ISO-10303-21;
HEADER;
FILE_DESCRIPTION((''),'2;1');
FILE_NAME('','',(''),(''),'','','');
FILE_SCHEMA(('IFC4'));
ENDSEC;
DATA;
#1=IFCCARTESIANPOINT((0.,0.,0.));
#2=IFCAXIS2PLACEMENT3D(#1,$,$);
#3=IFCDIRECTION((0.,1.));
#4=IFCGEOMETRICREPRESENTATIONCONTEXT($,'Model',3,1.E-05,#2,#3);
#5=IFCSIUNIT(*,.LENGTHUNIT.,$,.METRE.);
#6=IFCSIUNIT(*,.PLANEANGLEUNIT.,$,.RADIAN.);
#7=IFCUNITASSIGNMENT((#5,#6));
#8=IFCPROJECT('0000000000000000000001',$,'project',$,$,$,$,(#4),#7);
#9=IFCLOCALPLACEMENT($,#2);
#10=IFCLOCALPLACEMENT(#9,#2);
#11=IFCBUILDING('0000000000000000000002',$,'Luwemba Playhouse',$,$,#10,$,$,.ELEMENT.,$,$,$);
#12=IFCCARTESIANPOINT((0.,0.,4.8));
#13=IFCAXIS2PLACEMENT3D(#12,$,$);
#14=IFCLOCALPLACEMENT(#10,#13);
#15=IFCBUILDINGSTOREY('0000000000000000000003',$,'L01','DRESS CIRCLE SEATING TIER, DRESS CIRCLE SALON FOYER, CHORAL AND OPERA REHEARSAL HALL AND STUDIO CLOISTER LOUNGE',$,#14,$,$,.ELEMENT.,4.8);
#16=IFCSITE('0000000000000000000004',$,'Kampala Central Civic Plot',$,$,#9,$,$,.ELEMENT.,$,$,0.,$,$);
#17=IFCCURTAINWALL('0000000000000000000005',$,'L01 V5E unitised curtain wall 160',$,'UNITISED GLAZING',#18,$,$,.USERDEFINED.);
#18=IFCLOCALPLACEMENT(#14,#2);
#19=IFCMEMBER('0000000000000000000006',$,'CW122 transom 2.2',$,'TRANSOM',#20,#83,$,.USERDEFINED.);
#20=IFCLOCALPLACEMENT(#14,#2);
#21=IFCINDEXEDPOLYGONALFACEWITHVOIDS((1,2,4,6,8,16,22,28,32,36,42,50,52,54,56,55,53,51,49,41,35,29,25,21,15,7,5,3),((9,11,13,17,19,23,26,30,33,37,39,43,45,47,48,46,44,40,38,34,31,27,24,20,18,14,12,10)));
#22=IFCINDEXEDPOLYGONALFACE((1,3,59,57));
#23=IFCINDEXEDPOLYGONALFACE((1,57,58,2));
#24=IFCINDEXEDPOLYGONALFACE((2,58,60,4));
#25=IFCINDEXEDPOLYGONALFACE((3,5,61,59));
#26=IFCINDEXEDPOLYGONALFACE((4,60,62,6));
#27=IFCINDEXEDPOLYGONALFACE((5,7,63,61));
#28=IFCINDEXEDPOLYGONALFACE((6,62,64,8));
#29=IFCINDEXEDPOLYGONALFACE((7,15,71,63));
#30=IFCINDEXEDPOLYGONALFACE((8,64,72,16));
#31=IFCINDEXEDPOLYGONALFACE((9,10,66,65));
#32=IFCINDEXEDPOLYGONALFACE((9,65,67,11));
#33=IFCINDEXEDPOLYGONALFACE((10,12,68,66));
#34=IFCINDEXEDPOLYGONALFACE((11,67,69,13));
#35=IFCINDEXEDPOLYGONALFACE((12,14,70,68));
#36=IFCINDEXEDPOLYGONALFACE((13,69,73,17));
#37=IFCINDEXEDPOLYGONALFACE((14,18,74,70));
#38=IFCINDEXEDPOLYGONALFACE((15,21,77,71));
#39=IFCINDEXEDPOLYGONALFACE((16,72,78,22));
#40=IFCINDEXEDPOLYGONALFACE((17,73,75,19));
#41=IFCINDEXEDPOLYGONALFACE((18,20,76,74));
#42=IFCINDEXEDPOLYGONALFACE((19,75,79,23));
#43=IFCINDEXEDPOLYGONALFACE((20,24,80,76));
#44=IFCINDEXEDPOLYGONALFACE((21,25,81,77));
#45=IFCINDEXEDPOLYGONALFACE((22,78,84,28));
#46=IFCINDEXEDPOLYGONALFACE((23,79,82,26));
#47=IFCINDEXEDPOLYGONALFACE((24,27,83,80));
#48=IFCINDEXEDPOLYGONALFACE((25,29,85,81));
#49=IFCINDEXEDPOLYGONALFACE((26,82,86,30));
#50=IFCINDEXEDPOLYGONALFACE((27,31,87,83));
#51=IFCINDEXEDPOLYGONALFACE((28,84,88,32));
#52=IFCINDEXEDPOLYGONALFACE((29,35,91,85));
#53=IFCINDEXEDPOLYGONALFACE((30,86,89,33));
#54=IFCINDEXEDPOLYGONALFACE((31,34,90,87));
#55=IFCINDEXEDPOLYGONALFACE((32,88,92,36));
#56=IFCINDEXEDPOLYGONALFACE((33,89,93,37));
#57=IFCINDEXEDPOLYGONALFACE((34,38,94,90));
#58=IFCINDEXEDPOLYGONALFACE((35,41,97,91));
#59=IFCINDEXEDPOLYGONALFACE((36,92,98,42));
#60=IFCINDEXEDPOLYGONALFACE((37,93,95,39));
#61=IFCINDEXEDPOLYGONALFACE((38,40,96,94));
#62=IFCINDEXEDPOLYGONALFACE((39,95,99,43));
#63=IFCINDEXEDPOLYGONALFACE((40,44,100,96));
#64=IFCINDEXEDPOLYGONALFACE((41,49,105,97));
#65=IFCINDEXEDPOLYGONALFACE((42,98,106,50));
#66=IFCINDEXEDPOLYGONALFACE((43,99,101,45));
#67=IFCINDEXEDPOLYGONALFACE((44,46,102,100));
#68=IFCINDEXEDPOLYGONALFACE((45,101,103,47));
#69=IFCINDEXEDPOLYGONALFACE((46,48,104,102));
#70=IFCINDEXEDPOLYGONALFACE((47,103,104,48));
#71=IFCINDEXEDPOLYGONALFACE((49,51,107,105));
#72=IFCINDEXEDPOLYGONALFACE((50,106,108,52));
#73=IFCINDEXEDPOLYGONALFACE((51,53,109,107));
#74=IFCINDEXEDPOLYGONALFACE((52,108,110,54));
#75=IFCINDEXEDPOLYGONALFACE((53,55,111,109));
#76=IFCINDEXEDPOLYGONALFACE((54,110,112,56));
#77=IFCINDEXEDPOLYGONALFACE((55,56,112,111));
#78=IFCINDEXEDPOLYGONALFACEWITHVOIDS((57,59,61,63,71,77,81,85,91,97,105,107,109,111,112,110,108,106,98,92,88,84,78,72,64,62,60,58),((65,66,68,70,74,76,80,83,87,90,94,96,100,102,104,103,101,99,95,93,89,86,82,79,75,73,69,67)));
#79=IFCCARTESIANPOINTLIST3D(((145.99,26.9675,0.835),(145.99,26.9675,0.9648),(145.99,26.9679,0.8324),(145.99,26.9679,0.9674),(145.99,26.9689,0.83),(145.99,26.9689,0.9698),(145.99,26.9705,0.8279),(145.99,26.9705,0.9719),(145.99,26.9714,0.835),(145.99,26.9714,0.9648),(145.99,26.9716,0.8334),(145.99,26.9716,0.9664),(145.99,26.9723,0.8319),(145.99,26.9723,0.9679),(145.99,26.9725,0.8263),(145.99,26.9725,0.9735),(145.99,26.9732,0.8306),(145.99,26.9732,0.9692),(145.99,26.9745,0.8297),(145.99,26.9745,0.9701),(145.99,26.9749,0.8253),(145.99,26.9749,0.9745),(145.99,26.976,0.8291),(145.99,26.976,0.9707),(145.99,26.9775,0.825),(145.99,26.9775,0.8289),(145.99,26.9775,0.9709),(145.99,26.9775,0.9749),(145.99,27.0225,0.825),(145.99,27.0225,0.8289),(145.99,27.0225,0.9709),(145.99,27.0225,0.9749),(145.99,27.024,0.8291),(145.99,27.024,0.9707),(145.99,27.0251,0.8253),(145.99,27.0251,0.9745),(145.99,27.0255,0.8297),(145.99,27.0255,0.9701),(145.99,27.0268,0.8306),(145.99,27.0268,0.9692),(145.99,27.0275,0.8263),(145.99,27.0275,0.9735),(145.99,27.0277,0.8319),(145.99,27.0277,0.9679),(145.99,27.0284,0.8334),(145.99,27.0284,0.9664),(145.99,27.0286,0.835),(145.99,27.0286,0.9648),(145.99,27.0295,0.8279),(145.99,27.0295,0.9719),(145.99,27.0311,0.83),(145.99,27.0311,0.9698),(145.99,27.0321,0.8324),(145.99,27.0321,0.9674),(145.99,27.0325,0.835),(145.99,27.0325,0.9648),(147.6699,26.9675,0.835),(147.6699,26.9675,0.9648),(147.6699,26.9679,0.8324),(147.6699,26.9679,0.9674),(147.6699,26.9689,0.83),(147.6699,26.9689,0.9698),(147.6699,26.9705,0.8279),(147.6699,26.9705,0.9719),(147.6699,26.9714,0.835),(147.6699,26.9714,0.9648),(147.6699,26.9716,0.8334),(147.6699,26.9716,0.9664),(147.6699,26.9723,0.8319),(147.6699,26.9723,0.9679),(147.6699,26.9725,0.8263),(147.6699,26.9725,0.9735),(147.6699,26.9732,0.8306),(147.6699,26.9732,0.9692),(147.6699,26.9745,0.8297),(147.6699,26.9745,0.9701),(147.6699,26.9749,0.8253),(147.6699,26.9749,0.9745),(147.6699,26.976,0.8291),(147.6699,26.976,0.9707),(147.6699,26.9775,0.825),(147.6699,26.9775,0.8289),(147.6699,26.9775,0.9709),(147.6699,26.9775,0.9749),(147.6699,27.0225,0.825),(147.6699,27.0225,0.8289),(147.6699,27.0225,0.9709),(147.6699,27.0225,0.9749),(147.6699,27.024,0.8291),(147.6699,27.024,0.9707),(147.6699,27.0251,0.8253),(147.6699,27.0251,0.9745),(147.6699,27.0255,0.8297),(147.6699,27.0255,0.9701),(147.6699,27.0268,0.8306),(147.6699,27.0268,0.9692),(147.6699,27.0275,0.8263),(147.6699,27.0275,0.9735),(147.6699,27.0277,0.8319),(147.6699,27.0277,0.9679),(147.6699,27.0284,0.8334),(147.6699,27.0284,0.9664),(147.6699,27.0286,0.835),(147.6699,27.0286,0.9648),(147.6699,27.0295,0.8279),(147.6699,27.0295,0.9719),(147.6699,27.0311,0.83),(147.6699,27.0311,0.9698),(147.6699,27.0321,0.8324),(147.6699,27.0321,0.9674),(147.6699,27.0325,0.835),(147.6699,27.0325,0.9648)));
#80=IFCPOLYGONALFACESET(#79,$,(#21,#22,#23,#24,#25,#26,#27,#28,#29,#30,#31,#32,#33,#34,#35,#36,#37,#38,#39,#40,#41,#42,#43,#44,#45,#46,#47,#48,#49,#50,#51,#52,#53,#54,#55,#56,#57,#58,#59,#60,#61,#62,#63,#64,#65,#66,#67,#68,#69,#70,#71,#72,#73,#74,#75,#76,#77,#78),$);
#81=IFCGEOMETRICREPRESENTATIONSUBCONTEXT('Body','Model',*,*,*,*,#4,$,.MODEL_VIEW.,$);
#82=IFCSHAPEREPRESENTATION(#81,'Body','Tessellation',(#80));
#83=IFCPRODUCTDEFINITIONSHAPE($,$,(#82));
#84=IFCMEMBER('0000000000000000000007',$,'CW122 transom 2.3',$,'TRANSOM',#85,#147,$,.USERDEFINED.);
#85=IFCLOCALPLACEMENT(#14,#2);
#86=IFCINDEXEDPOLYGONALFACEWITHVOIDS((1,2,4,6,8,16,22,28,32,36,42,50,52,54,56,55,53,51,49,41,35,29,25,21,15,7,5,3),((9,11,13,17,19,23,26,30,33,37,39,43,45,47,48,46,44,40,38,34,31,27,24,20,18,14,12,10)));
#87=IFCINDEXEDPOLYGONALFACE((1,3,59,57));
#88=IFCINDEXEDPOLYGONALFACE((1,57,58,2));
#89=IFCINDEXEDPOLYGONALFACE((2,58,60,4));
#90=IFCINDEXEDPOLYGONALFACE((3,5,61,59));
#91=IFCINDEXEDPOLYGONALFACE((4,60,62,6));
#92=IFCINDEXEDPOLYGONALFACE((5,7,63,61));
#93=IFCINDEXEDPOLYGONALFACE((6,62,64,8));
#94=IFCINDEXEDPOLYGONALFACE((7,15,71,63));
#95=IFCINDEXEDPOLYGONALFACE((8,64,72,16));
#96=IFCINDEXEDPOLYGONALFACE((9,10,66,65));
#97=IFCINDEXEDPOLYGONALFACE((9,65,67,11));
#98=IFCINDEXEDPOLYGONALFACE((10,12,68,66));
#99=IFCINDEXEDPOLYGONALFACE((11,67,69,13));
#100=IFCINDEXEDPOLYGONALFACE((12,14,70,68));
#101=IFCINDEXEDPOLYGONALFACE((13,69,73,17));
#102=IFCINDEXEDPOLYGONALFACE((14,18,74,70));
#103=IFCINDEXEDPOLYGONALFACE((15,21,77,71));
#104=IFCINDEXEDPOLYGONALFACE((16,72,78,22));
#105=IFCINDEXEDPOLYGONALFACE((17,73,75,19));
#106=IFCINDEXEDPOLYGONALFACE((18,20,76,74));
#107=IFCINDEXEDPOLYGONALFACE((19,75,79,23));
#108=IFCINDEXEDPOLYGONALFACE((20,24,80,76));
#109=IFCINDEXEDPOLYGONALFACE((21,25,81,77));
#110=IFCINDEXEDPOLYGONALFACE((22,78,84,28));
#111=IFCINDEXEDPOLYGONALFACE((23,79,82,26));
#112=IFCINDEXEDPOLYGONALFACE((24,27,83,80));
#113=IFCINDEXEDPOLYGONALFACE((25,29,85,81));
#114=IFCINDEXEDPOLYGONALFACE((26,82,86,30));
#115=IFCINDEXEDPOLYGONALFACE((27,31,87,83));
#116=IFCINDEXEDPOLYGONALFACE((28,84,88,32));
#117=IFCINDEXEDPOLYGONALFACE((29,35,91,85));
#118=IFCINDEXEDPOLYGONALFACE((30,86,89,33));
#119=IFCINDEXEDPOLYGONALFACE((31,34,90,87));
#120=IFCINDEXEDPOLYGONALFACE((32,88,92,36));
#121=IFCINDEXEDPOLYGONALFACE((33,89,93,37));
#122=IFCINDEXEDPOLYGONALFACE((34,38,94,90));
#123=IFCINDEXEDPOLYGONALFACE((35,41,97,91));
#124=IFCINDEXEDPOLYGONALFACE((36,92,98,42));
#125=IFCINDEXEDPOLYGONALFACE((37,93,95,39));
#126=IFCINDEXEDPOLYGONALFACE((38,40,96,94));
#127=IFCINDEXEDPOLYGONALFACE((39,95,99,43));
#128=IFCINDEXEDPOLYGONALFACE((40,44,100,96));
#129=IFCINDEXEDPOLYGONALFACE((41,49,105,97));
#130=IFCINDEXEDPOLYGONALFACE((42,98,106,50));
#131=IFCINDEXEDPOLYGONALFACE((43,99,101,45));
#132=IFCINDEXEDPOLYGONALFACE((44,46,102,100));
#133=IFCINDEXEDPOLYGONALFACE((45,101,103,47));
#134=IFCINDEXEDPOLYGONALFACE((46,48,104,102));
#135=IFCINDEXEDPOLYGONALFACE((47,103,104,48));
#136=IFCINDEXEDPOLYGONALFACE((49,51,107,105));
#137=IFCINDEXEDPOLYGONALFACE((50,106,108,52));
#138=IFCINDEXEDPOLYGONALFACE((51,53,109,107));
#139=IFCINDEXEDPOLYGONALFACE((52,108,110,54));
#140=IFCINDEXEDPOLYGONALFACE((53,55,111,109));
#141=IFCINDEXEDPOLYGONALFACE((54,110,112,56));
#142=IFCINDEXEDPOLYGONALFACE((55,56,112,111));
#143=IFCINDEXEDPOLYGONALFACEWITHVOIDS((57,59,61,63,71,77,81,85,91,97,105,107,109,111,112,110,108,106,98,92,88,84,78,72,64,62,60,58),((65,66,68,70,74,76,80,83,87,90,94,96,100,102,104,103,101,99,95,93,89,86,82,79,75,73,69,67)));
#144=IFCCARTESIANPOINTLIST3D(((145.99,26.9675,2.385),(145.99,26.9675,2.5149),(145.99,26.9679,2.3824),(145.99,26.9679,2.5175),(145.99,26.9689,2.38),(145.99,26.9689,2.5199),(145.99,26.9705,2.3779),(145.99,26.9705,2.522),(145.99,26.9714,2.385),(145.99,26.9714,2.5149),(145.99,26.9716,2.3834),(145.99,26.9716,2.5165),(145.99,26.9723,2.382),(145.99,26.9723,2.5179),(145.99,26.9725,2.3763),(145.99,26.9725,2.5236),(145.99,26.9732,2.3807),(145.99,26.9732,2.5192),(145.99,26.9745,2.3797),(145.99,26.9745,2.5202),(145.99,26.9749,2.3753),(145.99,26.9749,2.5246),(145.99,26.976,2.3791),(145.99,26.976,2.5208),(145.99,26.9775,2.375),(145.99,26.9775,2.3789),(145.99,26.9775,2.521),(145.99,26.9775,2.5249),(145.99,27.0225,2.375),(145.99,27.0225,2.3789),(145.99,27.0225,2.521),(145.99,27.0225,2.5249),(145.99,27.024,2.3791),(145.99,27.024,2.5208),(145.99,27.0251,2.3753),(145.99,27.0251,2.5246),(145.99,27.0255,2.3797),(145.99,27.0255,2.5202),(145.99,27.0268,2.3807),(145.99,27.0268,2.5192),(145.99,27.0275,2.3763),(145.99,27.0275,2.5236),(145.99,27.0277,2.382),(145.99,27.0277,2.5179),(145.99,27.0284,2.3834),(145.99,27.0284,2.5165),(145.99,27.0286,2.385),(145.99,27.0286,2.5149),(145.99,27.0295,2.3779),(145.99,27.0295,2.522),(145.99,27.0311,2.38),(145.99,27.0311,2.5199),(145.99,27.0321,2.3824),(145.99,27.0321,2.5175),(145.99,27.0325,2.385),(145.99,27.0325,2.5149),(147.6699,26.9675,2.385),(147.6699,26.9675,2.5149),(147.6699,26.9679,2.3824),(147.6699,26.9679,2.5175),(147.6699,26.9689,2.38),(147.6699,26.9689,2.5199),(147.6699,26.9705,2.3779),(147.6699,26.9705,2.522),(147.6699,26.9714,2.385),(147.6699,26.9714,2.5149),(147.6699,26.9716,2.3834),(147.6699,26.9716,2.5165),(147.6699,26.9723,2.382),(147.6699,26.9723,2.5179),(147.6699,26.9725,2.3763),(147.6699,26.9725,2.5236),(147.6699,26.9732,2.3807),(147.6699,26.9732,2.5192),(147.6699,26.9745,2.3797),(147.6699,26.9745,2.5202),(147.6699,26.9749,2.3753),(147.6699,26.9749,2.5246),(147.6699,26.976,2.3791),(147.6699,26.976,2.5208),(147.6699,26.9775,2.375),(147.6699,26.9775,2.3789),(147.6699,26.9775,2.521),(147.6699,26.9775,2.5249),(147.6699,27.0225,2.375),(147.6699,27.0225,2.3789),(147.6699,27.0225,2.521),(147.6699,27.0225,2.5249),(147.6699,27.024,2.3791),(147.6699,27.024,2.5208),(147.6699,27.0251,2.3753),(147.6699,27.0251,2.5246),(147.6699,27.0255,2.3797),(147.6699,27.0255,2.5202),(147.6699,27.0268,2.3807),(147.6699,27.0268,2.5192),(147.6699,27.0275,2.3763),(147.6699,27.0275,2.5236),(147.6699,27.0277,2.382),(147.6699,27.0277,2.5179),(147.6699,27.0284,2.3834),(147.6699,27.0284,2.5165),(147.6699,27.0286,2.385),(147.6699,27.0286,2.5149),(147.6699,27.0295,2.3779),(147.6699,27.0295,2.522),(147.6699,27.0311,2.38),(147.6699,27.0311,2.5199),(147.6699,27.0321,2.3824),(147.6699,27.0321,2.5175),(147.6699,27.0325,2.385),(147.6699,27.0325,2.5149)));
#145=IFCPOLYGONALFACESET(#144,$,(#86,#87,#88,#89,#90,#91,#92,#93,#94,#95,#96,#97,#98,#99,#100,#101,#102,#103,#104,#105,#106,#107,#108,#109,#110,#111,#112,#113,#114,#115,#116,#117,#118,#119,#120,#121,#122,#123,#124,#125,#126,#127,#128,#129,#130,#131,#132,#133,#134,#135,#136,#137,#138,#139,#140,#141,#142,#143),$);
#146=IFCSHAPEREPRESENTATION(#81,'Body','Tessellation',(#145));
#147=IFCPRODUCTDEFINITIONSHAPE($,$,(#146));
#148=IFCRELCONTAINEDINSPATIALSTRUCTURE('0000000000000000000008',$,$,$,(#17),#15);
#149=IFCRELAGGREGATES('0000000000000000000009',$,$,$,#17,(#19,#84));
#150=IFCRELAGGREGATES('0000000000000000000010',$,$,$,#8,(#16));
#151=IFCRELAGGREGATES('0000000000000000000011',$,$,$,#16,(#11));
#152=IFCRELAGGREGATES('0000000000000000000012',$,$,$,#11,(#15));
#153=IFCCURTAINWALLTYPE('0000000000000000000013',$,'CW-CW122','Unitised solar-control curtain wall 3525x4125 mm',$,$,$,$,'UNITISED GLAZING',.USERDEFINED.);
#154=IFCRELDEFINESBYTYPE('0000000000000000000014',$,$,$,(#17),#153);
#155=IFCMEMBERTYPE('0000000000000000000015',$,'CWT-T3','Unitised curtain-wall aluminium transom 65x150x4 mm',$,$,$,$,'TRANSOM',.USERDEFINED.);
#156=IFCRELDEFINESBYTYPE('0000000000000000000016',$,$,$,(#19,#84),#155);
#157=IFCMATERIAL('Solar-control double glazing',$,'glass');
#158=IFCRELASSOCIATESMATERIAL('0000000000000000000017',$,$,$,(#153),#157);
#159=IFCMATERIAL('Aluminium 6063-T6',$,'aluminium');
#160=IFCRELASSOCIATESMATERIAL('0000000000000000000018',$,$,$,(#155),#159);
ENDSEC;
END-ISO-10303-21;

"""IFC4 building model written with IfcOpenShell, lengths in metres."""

from ifc_helpers import new_model, si_unit, direction, frame, origin, origin_2d, place, context, subcontext, project, spatial, hollow_rectangle, extrude, material, material_profile, profile_set, type_object, element, aggregate, save


model = new_model("IFC4")

# Units and contexts
model_context = context("Model", 3, precision=1e-05, world=origin(), true_north=direction((0.0, 1.0)))
body_context = subcontext(model_context, "Body", "Model", "MODEL_VIEW")
ifc_project = project(units=[si_unit("LENGTHUNIT", "METRE"), si_unit("PLANEANGLEUNIT", "RADIAN")], contexts=[model_context])

# Site, building, storey
site_placement = place(None, origin())
site = spatial("IfcSite", under=ifc_project, at=site_placement, Name="Kampala Central Civic Plot", CompositionType="ELEMENT", RefElevation=0.0)
building_placement = place(site_placement, origin())
building = spatial("IfcBuilding", under=site, at=building_placement, Name="Luwemba Playhouse", CompositionType="ELEMENT")
storey_placement = place(building_placement, frame((0.0, 0.0, 4.8)))
storey = spatial("IfcBuildingStorey", under=building, at=storey_placement, Name="L01", Description="DRESS CIRCLE SEATING TIER, DRESS CIRCLE SALON FOYER, CHORAL AND OPERA REHEARSAL HALL AND STUDIO CLOISTER LOUNGE", CompositionType="ELEMENT", Elevation=4.8)

# Curtain wall
ifc_material_1 = material(Name="Solar-control double glazing", Category="glass")
ifc_material_2 = material(Name="Aluminium 6063-T6", Category="aluminium")
curtain_wall_type_1 = type_object("IfcCurtainWallType", Name="CW-CW122", Description="Unitised solar-control curtain wall 3525x4125 mm", ElementType="UNITISED GLAZING", PredefinedType="USERDEFINED", material=ifc_material_1)
curtain_wall_1_placement = place(storey_placement, origin())
curtain_wall_1 = element("IfcCurtainWall", 1, at=curtain_wall_1_placement, inside=storey, type_object=curtain_wall_type_1, Name="L01 V5E unitised curtain wall 160", ObjectType="UNITISED GLAZING", PredefinedType="USERDEFINED")

# Members
ifc_material_profile_1 = material_profile(ifc_material_2, hollow_rectangle(XDim=0.0649, YDim=0.1499, WallThickness=0.0039, InnerFilletRadius=0.0061, OuterFilletRadius=0.01, at=origin_2d()))
ifc_profile_set_1 = profile_set([ifc_material_profile_1], Name="Aluminium 6063-T6")
member_type_1 = type_object("IfcMemberType", Name="CWT-T3", Description="Unitised curtain-wall aluminium transom 65x150x4 mm", ElementType="TRANSOM", PredefinedType="USERDEFINED", material=ifc_profile_set_1)
member_1_placement = place(storey_placement, frame((145.99, 27.0, 0.8999), z_axis=(1.0, 0.0, 0.0), x_axis=(0.0, 1.0, 0.0)))
member_1 = element("IfcMember", 2, at=member_1_placement, type_object=member_type_1, Name="CW122 transom 2.2", ObjectType="TRANSOM", PredefinedType="USERDEFINED", context=body_context, shape_type="SweptSolid", body=[
    extrude(hollow_rectangle(XDim=0.0649, YDim=0.1499, WallThickness=0.0039, InnerFilletRadius=0.0061, OuterFilletRadius=0.01, at=origin_2d()), origin(), (0.0, 0.0, 1.0), 1.6799),
])
member_2_placement = place(storey_placement, frame((145.99, 27.0, 2.45), z_axis=(1.0, 0.0, 0.0), x_axis=(0.0, 1.0, 0.0)))
member_2 = element("IfcMember", 3, at=member_2_placement, type_object=member_type_1, Name="CW122 transom 2.3", ObjectType="TRANSOM", PredefinedType="USERDEFINED", context=body_context, shape_type="SweptSolid", body=[
    extrude(hollow_rectangle(XDim=0.0649, YDim=0.1499, WallThickness=0.0039, InnerFilletRadius=0.0061, OuterFilletRadius=0.01, at=origin_2d()), origin(), (0.0, 0.0, 1.0), 1.6799),
])

aggregate(curtain_wall_1, [member_1, member_2])

save(model, "model.ifc")
